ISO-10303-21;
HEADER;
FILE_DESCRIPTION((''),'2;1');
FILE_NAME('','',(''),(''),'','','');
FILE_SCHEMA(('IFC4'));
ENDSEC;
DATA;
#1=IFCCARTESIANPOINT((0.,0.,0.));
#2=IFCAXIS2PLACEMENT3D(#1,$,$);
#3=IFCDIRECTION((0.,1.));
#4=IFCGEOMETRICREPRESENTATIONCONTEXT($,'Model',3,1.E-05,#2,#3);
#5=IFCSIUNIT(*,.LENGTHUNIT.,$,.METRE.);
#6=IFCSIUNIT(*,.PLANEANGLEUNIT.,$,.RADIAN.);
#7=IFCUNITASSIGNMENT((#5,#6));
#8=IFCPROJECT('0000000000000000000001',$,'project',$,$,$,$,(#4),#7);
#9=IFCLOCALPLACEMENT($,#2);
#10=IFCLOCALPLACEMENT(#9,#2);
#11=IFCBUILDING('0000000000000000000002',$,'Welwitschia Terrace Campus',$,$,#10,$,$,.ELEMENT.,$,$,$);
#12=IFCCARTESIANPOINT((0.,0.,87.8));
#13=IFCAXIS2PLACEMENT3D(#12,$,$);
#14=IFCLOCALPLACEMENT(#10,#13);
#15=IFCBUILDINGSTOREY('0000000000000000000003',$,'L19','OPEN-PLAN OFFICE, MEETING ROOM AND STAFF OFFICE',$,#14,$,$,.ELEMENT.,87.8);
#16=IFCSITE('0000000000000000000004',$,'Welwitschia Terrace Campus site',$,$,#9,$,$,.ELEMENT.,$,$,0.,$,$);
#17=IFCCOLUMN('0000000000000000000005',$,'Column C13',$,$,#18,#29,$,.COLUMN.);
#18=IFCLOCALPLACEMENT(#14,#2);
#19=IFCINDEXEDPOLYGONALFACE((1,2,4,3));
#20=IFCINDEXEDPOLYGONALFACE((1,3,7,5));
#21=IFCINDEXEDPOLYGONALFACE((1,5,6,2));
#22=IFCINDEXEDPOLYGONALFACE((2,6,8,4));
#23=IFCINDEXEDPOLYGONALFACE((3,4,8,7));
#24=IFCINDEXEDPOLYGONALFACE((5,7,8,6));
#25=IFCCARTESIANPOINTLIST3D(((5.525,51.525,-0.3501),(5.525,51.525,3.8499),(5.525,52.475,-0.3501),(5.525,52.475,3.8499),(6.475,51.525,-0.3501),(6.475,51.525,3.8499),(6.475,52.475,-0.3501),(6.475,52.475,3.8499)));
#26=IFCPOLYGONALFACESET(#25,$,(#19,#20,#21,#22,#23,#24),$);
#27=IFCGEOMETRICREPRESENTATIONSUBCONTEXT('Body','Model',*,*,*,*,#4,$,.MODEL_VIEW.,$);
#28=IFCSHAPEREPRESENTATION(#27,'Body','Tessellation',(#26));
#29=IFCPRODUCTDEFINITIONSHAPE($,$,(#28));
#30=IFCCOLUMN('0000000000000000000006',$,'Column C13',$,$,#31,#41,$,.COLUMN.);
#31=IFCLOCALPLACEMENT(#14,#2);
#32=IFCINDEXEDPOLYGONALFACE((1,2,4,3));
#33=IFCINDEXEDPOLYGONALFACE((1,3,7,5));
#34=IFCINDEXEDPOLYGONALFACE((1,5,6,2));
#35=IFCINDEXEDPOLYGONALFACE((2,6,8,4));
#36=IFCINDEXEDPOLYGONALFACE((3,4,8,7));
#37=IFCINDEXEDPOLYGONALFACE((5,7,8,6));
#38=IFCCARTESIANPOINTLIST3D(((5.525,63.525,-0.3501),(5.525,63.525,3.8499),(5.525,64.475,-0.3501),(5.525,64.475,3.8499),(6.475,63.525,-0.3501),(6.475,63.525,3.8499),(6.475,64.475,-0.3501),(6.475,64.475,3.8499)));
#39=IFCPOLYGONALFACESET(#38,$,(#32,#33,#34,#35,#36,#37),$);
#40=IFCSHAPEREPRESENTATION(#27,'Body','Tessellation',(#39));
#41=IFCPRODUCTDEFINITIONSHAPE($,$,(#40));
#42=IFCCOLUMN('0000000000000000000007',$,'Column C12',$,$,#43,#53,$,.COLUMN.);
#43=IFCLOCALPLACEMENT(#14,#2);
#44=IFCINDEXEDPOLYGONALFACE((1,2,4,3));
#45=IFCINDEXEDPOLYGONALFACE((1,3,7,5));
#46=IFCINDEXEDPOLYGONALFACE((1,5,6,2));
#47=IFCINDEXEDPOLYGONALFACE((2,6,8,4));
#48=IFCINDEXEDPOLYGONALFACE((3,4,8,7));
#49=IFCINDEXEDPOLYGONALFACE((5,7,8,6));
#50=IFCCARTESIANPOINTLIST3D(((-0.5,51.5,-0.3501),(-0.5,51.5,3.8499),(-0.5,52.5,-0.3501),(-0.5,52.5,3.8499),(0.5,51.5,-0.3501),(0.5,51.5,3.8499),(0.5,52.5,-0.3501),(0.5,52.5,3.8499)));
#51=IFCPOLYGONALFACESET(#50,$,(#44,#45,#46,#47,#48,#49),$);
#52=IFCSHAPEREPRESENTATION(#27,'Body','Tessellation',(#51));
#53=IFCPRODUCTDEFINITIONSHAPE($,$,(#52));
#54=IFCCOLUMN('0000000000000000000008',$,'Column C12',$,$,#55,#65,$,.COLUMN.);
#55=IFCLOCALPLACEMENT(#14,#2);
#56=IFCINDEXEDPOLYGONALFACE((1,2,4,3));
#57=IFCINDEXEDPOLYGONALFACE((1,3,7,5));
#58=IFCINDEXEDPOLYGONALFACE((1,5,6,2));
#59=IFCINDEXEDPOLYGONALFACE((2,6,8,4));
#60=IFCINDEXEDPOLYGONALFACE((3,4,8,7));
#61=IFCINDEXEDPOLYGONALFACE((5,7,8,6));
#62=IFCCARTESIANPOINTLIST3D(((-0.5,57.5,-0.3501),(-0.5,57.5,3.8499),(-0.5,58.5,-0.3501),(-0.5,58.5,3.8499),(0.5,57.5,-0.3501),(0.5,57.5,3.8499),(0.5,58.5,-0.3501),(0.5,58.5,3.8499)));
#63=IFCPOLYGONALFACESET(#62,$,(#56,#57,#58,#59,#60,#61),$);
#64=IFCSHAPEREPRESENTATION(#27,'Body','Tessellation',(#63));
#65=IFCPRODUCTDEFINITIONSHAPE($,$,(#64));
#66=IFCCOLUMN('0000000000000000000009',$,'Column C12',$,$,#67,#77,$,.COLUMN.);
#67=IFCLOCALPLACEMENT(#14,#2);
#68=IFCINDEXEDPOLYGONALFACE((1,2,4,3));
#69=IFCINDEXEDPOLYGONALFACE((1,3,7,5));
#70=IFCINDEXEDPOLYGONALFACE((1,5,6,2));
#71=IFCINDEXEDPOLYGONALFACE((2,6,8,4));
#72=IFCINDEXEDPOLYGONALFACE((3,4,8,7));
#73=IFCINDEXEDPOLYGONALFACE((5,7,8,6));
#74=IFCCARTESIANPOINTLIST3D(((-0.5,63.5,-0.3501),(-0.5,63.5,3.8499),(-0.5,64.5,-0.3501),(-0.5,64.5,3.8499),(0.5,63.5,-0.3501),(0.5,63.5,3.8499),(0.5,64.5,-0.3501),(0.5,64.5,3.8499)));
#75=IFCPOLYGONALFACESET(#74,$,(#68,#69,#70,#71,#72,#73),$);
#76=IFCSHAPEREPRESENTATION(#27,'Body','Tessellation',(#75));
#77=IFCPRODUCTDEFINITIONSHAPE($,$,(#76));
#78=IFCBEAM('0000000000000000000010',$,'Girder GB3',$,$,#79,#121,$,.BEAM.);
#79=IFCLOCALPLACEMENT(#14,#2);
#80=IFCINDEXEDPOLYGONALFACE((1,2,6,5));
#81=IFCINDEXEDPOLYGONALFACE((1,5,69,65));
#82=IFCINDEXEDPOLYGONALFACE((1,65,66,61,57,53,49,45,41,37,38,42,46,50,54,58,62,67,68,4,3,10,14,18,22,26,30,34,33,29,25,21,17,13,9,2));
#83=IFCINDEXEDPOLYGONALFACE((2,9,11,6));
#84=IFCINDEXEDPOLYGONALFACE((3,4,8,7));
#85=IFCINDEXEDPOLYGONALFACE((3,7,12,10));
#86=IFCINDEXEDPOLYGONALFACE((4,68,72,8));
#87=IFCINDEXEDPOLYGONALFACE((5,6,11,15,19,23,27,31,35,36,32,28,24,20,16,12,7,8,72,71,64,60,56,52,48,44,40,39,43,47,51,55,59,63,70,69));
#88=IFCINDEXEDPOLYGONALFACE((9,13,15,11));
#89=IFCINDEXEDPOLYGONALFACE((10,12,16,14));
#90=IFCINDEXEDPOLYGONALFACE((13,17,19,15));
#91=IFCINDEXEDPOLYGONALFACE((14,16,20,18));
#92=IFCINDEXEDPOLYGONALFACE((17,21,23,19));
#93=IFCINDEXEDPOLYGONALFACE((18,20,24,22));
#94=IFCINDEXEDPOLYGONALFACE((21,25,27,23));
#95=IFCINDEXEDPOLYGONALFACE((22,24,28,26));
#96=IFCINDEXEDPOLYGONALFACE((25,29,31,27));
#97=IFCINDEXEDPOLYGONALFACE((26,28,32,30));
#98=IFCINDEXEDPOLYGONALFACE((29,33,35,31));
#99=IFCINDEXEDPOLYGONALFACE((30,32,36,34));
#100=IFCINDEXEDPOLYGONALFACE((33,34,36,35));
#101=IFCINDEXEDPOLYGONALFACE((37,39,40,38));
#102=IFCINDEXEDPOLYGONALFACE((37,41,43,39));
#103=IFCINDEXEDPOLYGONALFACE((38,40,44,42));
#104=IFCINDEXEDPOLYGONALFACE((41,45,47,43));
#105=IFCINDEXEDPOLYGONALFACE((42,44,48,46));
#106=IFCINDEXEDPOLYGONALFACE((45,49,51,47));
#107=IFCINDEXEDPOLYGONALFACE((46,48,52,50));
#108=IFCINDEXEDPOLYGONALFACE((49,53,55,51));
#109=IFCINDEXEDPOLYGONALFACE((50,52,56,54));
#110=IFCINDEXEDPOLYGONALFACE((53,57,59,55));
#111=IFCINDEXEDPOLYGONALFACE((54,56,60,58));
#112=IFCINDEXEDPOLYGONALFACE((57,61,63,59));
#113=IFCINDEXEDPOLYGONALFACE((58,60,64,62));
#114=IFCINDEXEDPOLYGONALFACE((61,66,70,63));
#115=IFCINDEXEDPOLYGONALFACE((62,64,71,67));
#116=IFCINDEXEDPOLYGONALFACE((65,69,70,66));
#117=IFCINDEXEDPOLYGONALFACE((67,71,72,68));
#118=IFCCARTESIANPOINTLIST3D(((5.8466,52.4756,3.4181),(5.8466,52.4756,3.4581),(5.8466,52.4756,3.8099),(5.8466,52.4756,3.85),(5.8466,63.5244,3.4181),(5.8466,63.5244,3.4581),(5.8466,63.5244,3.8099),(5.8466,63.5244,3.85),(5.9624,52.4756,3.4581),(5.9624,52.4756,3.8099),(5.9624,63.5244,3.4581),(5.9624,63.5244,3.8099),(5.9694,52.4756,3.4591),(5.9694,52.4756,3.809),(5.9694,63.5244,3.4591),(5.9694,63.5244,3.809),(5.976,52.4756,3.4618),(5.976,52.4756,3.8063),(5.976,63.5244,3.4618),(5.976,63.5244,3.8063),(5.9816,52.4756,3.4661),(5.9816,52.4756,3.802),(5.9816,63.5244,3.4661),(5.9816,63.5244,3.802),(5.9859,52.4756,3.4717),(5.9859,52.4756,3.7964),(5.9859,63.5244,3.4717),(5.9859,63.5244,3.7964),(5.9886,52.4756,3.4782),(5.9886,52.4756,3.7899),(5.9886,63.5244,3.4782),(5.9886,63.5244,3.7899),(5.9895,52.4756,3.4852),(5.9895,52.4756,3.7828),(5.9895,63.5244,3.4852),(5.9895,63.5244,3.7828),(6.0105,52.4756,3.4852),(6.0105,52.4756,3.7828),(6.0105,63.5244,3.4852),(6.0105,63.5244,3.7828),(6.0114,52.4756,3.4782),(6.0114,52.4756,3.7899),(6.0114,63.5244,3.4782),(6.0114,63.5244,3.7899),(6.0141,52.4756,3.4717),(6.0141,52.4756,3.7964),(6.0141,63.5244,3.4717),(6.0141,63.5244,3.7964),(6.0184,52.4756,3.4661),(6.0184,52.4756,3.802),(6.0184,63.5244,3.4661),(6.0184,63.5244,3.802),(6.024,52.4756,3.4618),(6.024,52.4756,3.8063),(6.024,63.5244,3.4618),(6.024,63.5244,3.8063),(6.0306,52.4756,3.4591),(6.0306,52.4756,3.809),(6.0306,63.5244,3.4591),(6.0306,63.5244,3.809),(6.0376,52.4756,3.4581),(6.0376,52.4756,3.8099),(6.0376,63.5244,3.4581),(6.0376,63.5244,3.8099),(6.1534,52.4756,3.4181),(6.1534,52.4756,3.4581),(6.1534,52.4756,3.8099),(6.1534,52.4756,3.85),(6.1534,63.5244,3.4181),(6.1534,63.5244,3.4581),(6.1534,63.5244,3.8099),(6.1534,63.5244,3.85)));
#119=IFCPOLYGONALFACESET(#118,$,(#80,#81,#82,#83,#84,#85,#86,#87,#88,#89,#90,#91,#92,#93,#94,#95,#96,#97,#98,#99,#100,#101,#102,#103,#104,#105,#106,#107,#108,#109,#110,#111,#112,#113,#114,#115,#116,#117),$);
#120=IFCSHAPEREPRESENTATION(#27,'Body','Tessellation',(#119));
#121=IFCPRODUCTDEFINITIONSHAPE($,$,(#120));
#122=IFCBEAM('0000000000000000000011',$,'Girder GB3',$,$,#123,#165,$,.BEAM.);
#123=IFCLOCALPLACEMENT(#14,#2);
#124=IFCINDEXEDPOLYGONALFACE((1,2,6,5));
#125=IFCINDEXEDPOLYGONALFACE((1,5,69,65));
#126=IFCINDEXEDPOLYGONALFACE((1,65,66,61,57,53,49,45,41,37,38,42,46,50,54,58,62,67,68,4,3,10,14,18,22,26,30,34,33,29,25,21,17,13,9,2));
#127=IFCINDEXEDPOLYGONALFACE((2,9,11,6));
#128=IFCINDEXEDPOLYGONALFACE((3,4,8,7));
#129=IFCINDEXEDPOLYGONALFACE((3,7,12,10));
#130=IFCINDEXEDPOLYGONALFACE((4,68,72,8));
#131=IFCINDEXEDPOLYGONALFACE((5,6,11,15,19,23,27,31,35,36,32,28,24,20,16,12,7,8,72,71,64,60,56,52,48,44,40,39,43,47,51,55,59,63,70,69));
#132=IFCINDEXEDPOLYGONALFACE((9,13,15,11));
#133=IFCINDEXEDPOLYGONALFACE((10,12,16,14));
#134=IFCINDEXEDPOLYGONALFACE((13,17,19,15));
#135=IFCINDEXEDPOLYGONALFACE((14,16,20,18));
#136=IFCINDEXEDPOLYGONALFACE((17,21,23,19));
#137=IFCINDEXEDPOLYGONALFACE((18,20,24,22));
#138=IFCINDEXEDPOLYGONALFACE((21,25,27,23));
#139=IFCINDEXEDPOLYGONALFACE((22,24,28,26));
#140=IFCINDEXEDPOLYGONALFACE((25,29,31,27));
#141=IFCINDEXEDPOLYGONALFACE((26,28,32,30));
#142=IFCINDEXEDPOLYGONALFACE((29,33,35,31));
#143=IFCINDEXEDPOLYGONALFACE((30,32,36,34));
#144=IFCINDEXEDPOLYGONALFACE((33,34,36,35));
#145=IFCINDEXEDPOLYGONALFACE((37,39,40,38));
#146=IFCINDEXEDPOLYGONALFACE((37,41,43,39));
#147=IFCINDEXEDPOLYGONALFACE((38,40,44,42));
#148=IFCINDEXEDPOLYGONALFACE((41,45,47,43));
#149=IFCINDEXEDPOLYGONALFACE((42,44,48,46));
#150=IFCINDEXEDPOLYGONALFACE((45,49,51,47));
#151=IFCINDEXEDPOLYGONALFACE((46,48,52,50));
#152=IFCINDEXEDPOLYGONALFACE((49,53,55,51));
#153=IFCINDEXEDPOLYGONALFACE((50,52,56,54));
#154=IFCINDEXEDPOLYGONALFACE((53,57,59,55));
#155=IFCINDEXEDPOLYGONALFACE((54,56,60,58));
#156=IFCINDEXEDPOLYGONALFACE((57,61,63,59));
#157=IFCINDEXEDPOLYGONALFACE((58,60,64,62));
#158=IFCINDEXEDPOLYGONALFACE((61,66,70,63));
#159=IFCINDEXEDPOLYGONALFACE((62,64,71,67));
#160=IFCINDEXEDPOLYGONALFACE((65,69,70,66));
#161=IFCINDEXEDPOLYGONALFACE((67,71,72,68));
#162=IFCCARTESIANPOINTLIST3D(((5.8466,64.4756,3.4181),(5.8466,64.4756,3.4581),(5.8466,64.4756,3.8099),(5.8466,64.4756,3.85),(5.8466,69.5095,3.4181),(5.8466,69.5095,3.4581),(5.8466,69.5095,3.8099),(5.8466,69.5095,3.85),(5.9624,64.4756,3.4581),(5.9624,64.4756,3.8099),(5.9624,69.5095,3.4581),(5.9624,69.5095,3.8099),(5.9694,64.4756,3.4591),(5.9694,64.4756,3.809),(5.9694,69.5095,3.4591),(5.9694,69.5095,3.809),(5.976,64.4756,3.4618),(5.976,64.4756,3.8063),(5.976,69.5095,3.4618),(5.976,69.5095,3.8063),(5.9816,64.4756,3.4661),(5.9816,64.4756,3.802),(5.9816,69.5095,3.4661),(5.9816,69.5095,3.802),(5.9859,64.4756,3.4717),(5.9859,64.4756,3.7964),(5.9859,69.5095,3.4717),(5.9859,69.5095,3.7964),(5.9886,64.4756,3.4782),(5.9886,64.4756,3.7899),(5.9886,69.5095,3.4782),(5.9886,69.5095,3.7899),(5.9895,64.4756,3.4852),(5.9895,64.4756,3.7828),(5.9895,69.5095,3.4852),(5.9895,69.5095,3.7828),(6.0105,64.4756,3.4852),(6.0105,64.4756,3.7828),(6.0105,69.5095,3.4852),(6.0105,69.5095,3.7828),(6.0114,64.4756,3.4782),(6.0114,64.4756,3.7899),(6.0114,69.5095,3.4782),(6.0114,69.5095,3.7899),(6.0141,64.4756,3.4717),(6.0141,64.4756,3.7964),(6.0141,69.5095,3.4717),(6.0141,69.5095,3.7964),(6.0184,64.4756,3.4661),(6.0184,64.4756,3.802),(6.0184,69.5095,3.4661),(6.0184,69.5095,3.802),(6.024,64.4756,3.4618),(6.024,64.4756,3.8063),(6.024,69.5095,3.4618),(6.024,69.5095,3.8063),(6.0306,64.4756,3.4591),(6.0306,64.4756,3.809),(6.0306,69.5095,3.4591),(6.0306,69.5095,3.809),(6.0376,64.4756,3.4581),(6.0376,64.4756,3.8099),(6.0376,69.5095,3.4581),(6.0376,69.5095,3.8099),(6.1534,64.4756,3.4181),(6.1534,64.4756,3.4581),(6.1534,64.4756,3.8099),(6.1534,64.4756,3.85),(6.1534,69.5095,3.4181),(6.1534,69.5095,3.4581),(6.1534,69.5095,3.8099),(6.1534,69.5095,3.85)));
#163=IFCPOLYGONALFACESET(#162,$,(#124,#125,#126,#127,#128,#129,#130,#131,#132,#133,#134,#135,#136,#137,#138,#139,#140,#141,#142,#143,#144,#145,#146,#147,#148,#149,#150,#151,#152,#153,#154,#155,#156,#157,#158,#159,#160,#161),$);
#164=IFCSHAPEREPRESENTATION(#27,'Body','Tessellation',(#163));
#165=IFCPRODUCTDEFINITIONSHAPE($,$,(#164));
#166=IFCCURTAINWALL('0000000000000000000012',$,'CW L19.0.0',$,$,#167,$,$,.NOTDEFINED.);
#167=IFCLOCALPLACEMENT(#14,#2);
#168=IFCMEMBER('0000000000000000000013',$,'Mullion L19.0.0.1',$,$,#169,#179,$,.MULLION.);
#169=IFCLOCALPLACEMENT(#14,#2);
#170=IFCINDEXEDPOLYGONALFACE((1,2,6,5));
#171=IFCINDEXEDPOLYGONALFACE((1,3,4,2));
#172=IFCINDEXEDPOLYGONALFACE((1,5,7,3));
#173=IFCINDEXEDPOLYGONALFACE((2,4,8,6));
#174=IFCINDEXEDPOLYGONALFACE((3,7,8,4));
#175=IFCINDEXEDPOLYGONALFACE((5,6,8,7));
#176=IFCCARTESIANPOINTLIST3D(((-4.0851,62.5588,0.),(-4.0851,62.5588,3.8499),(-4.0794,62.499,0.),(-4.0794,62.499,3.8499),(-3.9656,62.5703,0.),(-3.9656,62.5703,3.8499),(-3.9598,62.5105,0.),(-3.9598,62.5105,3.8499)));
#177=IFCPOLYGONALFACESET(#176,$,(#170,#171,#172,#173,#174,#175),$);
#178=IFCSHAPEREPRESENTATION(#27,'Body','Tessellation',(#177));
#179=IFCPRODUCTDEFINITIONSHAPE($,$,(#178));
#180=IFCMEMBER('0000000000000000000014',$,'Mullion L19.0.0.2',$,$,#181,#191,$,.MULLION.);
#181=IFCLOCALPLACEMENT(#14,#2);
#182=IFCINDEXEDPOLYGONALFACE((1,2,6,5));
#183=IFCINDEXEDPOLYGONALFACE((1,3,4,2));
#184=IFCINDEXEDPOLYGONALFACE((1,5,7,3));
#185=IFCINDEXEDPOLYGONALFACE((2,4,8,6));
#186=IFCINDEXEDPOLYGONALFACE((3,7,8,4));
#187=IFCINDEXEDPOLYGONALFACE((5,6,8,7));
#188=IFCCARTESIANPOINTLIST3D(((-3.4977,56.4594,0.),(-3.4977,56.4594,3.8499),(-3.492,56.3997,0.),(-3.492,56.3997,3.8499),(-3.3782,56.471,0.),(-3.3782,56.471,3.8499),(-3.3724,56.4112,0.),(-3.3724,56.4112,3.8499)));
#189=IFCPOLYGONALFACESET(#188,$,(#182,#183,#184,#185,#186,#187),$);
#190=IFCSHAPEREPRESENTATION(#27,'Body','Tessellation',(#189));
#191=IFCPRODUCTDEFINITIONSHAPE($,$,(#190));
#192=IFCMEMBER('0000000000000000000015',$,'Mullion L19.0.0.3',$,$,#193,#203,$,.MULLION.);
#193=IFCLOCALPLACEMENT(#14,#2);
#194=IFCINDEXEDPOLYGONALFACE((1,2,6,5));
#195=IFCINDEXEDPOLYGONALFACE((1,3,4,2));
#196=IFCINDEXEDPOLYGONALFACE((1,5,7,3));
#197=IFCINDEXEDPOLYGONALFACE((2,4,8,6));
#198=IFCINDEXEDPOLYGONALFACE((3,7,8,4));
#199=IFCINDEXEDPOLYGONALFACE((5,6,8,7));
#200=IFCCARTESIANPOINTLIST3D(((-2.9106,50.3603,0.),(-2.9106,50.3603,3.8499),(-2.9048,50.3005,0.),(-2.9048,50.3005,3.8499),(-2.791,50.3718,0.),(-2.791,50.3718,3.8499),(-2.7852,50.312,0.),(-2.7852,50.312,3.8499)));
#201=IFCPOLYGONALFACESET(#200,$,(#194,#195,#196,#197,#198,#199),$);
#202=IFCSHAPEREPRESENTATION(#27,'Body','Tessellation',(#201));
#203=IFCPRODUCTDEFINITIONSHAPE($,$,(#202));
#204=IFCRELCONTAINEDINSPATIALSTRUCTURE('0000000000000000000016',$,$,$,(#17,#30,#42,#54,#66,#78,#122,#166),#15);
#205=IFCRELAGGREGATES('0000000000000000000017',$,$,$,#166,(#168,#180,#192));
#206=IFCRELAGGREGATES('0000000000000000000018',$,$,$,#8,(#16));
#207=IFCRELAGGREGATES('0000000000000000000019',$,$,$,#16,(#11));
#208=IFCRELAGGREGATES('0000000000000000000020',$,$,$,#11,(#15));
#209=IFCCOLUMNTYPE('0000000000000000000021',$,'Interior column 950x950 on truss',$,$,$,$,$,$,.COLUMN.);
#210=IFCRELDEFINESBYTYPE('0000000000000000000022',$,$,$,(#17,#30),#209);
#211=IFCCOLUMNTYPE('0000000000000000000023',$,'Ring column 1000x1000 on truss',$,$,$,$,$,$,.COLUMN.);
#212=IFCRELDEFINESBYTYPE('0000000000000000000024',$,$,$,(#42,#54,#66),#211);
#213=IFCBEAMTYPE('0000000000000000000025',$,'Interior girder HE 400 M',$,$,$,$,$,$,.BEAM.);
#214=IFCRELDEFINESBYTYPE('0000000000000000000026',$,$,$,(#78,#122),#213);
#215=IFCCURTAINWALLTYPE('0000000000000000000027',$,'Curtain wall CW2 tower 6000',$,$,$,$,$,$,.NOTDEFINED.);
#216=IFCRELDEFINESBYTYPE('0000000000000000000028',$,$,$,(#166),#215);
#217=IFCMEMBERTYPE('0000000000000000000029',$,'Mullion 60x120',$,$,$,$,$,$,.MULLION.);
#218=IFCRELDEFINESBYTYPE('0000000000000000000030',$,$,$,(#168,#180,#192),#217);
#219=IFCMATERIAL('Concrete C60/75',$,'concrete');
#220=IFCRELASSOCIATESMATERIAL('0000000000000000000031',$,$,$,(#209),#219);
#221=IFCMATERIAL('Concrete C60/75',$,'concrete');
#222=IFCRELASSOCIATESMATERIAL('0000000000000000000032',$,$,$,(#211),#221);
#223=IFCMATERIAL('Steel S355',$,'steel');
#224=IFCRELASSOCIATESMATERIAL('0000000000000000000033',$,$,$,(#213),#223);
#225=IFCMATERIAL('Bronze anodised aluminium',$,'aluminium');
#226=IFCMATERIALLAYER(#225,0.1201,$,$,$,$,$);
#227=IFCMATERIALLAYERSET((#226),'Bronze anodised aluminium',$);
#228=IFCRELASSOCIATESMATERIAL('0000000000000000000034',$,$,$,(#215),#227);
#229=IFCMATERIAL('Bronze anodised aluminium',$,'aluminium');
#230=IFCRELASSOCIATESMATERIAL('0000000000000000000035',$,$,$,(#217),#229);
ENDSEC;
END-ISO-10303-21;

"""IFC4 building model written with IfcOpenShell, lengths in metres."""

from ifc_helpers import new_model, si_unit, direction, frame, origin, origin_2d, place, context, subcontext, project, spatial, rectangle, i_section, extrude, material, layer, layer_set, material_profile, profile_set, type_object, element, aggregate, save


model = new_model("IFC4")

# Units and contexts
model_context = context("Model", 3, precision=1e-05, world=origin(), true_north=direction((0.0, 1.0)))
body_context = subcontext(model_context, "Body", "Model", "MODEL_VIEW")
ifc_project = project(units=[si_unit("LENGTHUNIT", "METRE"), si_unit("PLANEANGLEUNIT", "RADIAN")], contexts=[model_context])

# Site, building, storey
site_placement = place(None, origin())
site = spatial("IfcSite", under=ifc_project, at=site_placement, Name="Welwitschia Terrace Campus site", CompositionType="ELEMENT", RefElevation=0.0)
building_placement = place(site_placement, origin())
building = spatial("IfcBuilding", under=site, at=building_placement, Name="Welwitschia Terrace Campus", CompositionType="ELEMENT")
storey_placement = place(building_placement, frame((0.0, 0.0, 87.8)))
storey = spatial("IfcBuildingStorey", under=building, at=storey_placement, Name="L19", Description="OPEN-PLAN OFFICE, MEETING ROOM AND STAFF OFFICE", CompositionType="ELEMENT", Elevation=87.8)

# Columns
ifc_material_1 = material(Name="Concrete C60/75", Category="concrete")
ifc_material_profile_1 = material_profile(ifc_material_1, rectangle(XDim=0.95, YDim=0.95, at=origin_2d()))
ifc_profile_set_1 = profile_set([ifc_material_profile_1], Name="Concrete C60/75")
column_type_1 = type_object("IfcColumnType", Name="Interior column 950x950 on truss", PredefinedType="COLUMN", material=ifc_profile_set_1)
for number, where, z_axis, x_axis, name in (
    (1, (6.0, 52.0, -0.3501), (0.0, 0.0, 1.0), (1.0, 0.0, 0.0), "Column C13"),
    (2, (6.0, 64.0, -0.3501), (0.0, 0.0, 1.0), (1.0, 0.0, 0.0), "Column C13"),
):
    element("IfcColumn", number, at=place(storey_placement, frame(where, z_axis=z_axis, x_axis=x_axis)), inside=storey, type_object=column_type_1, Name=name, PredefinedType="COLUMN", context=body_context, shape_type="SweptSolid", body=[
        extrude(rectangle(XDim=0.95, YDim=0.95, at=origin_2d()), origin(), (0.0, 0.0, 1.0), 4.2),
    ])
ifc_material_2 = material(Name="Concrete C60/75", Category="concrete")
ifc_material_profile_2 = material_profile(ifc_material_2, rectangle(XDim=1.0, YDim=1.0, at=origin_2d()))
ifc_profile_set_2 = profile_set([ifc_material_profile_2], Name="Concrete C60/75")
column_type_2 = type_object("IfcColumnType", Name="Ring column 1000x1000 on truss", PredefinedType="COLUMN", material=ifc_profile_set_2)
for number, where, z_axis, x_axis, name in (
    (3, (0.0, 52.0, -0.3501), (0.0, 0.0, 1.0), (1.0, 0.0, 0.0), "Column C12"),
    (4, (0.0, 58.0, -0.3501), (0.0, 0.0, 1.0), (1.0, 0.0, 0.0), "Column C12"),
    (5, (0.0, 64.0, -0.3501), (0.0, 0.0, 1.0), (1.0, 0.0, 0.0), "Column C12"),
):
    element("IfcColumn", number, at=place(storey_placement, frame(where, z_axis=z_axis, x_axis=x_axis)), inside=storey, type_object=column_type_2, Name=name, PredefinedType="COLUMN", context=body_context, shape_type="SweptSolid", body=[
        extrude(rectangle(XDim=1.0, YDim=1.0, at=origin_2d()), origin(), (0.0, 0.0, 1.0), 4.2),
    ])

# Beams
ifc_material_3 = material(Name="Steel S355", Category="steel")
ifc_material_profile_3 = material_profile(ifc_material_3, i_section(OverallWidth=0.3069, OverallDepth=0.4319, WebThickness=0.021, FlangeThickness=0.04, FilletRadius=0.0271, at=origin_2d()))
ifc_profile_set_3 = profile_set([ifc_material_profile_3], Name="Steel S355")
beam_type_1 = type_object("IfcBeamType", Name="Interior girder HE 400 M", PredefinedType="BEAM", material=ifc_profile_set_3)
beam_1_placement = place(storey_placement, frame((6.0, 52.4756, 3.634), z_axis=(0.0, 1.0, 0.0), x_axis=(-1.0, 0.0, 0.0)))
element("IfcBeam", 6, at=beam_1_placement, inside=storey, type_object=beam_type_1, Name="Girder GB3", PredefinedType="BEAM", context=body_context, shape_type="SweptSolid", body=[
    extrude(i_section(OverallWidth=0.3069, OverallDepth=0.4319, WebThickness=0.021, FlangeThickness=0.04, FilletRadius=0.0271, at=origin_2d()), origin(), (0.0, 0.0, 1.0), 11.0488),
])
beam_2_placement = place(storey_placement, frame((6.0, 64.4756, 3.634), z_axis=(0.0, 1.0, 0.0), x_axis=(-1.0, 0.0, 0.0)))
element("IfcBeam", 7, at=beam_2_placement, inside=storey, type_object=beam_type_1, Name="Girder GB3", PredefinedType="BEAM", context=body_context, shape_type="SweptSolid", body=[
    extrude(i_section(OverallWidth=0.3069, OverallDepth=0.4319, WebThickness=0.021, FlangeThickness=0.04, FilletRadius=0.0271, at=origin_2d()), origin(), (0.0, 0.0, 1.0), 5.0339),
])

# Curtain wall, members
ifc_material_4 = material(Name="Bronze anodised aluminium", Category="aluminium")
ifc_layer_1 = layer(ifc_material_4, 0.1201)
ifc_layer_set_1 = layer_set([ifc_layer_1], Name="Bronze anodised aluminium")
curtain_wall_type = type_object("IfcCurtainWallType", Name="Curtain wall CW2 tower 6000", PredefinedType="NOTDEFINED", material=ifc_layer_set_1)
curtain_wall_placement = place(storey_placement, origin())
curtain_wall = element("IfcCurtainWall", 8, at=curtain_wall_placement, inside=storey, type_object=curtain_wall_type, Name="CW L19.0.0", PredefinedType="NOTDEFINED")
ifc_material_5 = material(Name="Bronze anodised aluminium", Category="aluminium")
ifc_material_profile_4 = material_profile(ifc_material_5, rectangle(XDim=0.1201, YDim=0.0601, at=origin_2d()))
ifc_profile_set_4 = profile_set([ifc_material_profile_4], Name="Bronze anodised aluminium")
member_type = type_object("IfcMemberType", Name="Mullion 60x120", PredefinedType="MULLION", material=ifc_profile_set_4)
member_1_placement = place(storey_placement, frame((-4.0225, 62.5347, 0.0), z_axis=(0.0, 0.0, 1.0), x_axis=(0.995396, 0.095846, 0.0)))
member_1 = element("IfcMember", 9, at=member_1_placement, type_object=member_type, Name="Mullion L19.0.0.1", PredefinedType="MULLION", context=body_context, shape_type="SweptSolid", body=[
    extrude(rectangle(XDim=0.1201, YDim=0.0601, at=origin_2d()), origin(), (0.0, 0.0, 1.0), 3.8499),
])
member_2_placement = place(storey_placement, frame((-3.4351, 56.4353, 0.0), z_axis=(0.0, 0.0, 1.0), x_axis=(0.995396, 0.095846, 0.0)))
member_2 = element("IfcMember", 10, at=member_2_placement, type_object=member_type, Name="Mullion L19.0.0.2", PredefinedType="MULLION", context=body_context, shape_type="SweptSolid", body=[
    extrude(rectangle(XDim=0.1201, YDim=0.0601, at=origin_2d()), origin(), (0.0, 0.0, 1.0), 3.8499),
])
member_3_placement = place(storey_placement, frame((-2.8479, 50.3362, 0.0), z_axis=(0.0, 0.0, 1.0), x_axis=(0.995396, 0.095846, 0.0)))
member_3 = element("IfcMember", 11, at=member_3_placement, type_object=member_type, Name="Mullion L19.0.0.3", PredefinedType="MULLION", context=body_context, shape_type="SweptSolid", body=[
    extrude(rectangle(XDim=0.1201, YDim=0.0601, at=origin_2d()), origin(), (0.0, 0.0, 1.0), 3.8499),
])

aggregate(curtain_wall, [member_1, member_2, member_3])

save(model, "model.ifc")
